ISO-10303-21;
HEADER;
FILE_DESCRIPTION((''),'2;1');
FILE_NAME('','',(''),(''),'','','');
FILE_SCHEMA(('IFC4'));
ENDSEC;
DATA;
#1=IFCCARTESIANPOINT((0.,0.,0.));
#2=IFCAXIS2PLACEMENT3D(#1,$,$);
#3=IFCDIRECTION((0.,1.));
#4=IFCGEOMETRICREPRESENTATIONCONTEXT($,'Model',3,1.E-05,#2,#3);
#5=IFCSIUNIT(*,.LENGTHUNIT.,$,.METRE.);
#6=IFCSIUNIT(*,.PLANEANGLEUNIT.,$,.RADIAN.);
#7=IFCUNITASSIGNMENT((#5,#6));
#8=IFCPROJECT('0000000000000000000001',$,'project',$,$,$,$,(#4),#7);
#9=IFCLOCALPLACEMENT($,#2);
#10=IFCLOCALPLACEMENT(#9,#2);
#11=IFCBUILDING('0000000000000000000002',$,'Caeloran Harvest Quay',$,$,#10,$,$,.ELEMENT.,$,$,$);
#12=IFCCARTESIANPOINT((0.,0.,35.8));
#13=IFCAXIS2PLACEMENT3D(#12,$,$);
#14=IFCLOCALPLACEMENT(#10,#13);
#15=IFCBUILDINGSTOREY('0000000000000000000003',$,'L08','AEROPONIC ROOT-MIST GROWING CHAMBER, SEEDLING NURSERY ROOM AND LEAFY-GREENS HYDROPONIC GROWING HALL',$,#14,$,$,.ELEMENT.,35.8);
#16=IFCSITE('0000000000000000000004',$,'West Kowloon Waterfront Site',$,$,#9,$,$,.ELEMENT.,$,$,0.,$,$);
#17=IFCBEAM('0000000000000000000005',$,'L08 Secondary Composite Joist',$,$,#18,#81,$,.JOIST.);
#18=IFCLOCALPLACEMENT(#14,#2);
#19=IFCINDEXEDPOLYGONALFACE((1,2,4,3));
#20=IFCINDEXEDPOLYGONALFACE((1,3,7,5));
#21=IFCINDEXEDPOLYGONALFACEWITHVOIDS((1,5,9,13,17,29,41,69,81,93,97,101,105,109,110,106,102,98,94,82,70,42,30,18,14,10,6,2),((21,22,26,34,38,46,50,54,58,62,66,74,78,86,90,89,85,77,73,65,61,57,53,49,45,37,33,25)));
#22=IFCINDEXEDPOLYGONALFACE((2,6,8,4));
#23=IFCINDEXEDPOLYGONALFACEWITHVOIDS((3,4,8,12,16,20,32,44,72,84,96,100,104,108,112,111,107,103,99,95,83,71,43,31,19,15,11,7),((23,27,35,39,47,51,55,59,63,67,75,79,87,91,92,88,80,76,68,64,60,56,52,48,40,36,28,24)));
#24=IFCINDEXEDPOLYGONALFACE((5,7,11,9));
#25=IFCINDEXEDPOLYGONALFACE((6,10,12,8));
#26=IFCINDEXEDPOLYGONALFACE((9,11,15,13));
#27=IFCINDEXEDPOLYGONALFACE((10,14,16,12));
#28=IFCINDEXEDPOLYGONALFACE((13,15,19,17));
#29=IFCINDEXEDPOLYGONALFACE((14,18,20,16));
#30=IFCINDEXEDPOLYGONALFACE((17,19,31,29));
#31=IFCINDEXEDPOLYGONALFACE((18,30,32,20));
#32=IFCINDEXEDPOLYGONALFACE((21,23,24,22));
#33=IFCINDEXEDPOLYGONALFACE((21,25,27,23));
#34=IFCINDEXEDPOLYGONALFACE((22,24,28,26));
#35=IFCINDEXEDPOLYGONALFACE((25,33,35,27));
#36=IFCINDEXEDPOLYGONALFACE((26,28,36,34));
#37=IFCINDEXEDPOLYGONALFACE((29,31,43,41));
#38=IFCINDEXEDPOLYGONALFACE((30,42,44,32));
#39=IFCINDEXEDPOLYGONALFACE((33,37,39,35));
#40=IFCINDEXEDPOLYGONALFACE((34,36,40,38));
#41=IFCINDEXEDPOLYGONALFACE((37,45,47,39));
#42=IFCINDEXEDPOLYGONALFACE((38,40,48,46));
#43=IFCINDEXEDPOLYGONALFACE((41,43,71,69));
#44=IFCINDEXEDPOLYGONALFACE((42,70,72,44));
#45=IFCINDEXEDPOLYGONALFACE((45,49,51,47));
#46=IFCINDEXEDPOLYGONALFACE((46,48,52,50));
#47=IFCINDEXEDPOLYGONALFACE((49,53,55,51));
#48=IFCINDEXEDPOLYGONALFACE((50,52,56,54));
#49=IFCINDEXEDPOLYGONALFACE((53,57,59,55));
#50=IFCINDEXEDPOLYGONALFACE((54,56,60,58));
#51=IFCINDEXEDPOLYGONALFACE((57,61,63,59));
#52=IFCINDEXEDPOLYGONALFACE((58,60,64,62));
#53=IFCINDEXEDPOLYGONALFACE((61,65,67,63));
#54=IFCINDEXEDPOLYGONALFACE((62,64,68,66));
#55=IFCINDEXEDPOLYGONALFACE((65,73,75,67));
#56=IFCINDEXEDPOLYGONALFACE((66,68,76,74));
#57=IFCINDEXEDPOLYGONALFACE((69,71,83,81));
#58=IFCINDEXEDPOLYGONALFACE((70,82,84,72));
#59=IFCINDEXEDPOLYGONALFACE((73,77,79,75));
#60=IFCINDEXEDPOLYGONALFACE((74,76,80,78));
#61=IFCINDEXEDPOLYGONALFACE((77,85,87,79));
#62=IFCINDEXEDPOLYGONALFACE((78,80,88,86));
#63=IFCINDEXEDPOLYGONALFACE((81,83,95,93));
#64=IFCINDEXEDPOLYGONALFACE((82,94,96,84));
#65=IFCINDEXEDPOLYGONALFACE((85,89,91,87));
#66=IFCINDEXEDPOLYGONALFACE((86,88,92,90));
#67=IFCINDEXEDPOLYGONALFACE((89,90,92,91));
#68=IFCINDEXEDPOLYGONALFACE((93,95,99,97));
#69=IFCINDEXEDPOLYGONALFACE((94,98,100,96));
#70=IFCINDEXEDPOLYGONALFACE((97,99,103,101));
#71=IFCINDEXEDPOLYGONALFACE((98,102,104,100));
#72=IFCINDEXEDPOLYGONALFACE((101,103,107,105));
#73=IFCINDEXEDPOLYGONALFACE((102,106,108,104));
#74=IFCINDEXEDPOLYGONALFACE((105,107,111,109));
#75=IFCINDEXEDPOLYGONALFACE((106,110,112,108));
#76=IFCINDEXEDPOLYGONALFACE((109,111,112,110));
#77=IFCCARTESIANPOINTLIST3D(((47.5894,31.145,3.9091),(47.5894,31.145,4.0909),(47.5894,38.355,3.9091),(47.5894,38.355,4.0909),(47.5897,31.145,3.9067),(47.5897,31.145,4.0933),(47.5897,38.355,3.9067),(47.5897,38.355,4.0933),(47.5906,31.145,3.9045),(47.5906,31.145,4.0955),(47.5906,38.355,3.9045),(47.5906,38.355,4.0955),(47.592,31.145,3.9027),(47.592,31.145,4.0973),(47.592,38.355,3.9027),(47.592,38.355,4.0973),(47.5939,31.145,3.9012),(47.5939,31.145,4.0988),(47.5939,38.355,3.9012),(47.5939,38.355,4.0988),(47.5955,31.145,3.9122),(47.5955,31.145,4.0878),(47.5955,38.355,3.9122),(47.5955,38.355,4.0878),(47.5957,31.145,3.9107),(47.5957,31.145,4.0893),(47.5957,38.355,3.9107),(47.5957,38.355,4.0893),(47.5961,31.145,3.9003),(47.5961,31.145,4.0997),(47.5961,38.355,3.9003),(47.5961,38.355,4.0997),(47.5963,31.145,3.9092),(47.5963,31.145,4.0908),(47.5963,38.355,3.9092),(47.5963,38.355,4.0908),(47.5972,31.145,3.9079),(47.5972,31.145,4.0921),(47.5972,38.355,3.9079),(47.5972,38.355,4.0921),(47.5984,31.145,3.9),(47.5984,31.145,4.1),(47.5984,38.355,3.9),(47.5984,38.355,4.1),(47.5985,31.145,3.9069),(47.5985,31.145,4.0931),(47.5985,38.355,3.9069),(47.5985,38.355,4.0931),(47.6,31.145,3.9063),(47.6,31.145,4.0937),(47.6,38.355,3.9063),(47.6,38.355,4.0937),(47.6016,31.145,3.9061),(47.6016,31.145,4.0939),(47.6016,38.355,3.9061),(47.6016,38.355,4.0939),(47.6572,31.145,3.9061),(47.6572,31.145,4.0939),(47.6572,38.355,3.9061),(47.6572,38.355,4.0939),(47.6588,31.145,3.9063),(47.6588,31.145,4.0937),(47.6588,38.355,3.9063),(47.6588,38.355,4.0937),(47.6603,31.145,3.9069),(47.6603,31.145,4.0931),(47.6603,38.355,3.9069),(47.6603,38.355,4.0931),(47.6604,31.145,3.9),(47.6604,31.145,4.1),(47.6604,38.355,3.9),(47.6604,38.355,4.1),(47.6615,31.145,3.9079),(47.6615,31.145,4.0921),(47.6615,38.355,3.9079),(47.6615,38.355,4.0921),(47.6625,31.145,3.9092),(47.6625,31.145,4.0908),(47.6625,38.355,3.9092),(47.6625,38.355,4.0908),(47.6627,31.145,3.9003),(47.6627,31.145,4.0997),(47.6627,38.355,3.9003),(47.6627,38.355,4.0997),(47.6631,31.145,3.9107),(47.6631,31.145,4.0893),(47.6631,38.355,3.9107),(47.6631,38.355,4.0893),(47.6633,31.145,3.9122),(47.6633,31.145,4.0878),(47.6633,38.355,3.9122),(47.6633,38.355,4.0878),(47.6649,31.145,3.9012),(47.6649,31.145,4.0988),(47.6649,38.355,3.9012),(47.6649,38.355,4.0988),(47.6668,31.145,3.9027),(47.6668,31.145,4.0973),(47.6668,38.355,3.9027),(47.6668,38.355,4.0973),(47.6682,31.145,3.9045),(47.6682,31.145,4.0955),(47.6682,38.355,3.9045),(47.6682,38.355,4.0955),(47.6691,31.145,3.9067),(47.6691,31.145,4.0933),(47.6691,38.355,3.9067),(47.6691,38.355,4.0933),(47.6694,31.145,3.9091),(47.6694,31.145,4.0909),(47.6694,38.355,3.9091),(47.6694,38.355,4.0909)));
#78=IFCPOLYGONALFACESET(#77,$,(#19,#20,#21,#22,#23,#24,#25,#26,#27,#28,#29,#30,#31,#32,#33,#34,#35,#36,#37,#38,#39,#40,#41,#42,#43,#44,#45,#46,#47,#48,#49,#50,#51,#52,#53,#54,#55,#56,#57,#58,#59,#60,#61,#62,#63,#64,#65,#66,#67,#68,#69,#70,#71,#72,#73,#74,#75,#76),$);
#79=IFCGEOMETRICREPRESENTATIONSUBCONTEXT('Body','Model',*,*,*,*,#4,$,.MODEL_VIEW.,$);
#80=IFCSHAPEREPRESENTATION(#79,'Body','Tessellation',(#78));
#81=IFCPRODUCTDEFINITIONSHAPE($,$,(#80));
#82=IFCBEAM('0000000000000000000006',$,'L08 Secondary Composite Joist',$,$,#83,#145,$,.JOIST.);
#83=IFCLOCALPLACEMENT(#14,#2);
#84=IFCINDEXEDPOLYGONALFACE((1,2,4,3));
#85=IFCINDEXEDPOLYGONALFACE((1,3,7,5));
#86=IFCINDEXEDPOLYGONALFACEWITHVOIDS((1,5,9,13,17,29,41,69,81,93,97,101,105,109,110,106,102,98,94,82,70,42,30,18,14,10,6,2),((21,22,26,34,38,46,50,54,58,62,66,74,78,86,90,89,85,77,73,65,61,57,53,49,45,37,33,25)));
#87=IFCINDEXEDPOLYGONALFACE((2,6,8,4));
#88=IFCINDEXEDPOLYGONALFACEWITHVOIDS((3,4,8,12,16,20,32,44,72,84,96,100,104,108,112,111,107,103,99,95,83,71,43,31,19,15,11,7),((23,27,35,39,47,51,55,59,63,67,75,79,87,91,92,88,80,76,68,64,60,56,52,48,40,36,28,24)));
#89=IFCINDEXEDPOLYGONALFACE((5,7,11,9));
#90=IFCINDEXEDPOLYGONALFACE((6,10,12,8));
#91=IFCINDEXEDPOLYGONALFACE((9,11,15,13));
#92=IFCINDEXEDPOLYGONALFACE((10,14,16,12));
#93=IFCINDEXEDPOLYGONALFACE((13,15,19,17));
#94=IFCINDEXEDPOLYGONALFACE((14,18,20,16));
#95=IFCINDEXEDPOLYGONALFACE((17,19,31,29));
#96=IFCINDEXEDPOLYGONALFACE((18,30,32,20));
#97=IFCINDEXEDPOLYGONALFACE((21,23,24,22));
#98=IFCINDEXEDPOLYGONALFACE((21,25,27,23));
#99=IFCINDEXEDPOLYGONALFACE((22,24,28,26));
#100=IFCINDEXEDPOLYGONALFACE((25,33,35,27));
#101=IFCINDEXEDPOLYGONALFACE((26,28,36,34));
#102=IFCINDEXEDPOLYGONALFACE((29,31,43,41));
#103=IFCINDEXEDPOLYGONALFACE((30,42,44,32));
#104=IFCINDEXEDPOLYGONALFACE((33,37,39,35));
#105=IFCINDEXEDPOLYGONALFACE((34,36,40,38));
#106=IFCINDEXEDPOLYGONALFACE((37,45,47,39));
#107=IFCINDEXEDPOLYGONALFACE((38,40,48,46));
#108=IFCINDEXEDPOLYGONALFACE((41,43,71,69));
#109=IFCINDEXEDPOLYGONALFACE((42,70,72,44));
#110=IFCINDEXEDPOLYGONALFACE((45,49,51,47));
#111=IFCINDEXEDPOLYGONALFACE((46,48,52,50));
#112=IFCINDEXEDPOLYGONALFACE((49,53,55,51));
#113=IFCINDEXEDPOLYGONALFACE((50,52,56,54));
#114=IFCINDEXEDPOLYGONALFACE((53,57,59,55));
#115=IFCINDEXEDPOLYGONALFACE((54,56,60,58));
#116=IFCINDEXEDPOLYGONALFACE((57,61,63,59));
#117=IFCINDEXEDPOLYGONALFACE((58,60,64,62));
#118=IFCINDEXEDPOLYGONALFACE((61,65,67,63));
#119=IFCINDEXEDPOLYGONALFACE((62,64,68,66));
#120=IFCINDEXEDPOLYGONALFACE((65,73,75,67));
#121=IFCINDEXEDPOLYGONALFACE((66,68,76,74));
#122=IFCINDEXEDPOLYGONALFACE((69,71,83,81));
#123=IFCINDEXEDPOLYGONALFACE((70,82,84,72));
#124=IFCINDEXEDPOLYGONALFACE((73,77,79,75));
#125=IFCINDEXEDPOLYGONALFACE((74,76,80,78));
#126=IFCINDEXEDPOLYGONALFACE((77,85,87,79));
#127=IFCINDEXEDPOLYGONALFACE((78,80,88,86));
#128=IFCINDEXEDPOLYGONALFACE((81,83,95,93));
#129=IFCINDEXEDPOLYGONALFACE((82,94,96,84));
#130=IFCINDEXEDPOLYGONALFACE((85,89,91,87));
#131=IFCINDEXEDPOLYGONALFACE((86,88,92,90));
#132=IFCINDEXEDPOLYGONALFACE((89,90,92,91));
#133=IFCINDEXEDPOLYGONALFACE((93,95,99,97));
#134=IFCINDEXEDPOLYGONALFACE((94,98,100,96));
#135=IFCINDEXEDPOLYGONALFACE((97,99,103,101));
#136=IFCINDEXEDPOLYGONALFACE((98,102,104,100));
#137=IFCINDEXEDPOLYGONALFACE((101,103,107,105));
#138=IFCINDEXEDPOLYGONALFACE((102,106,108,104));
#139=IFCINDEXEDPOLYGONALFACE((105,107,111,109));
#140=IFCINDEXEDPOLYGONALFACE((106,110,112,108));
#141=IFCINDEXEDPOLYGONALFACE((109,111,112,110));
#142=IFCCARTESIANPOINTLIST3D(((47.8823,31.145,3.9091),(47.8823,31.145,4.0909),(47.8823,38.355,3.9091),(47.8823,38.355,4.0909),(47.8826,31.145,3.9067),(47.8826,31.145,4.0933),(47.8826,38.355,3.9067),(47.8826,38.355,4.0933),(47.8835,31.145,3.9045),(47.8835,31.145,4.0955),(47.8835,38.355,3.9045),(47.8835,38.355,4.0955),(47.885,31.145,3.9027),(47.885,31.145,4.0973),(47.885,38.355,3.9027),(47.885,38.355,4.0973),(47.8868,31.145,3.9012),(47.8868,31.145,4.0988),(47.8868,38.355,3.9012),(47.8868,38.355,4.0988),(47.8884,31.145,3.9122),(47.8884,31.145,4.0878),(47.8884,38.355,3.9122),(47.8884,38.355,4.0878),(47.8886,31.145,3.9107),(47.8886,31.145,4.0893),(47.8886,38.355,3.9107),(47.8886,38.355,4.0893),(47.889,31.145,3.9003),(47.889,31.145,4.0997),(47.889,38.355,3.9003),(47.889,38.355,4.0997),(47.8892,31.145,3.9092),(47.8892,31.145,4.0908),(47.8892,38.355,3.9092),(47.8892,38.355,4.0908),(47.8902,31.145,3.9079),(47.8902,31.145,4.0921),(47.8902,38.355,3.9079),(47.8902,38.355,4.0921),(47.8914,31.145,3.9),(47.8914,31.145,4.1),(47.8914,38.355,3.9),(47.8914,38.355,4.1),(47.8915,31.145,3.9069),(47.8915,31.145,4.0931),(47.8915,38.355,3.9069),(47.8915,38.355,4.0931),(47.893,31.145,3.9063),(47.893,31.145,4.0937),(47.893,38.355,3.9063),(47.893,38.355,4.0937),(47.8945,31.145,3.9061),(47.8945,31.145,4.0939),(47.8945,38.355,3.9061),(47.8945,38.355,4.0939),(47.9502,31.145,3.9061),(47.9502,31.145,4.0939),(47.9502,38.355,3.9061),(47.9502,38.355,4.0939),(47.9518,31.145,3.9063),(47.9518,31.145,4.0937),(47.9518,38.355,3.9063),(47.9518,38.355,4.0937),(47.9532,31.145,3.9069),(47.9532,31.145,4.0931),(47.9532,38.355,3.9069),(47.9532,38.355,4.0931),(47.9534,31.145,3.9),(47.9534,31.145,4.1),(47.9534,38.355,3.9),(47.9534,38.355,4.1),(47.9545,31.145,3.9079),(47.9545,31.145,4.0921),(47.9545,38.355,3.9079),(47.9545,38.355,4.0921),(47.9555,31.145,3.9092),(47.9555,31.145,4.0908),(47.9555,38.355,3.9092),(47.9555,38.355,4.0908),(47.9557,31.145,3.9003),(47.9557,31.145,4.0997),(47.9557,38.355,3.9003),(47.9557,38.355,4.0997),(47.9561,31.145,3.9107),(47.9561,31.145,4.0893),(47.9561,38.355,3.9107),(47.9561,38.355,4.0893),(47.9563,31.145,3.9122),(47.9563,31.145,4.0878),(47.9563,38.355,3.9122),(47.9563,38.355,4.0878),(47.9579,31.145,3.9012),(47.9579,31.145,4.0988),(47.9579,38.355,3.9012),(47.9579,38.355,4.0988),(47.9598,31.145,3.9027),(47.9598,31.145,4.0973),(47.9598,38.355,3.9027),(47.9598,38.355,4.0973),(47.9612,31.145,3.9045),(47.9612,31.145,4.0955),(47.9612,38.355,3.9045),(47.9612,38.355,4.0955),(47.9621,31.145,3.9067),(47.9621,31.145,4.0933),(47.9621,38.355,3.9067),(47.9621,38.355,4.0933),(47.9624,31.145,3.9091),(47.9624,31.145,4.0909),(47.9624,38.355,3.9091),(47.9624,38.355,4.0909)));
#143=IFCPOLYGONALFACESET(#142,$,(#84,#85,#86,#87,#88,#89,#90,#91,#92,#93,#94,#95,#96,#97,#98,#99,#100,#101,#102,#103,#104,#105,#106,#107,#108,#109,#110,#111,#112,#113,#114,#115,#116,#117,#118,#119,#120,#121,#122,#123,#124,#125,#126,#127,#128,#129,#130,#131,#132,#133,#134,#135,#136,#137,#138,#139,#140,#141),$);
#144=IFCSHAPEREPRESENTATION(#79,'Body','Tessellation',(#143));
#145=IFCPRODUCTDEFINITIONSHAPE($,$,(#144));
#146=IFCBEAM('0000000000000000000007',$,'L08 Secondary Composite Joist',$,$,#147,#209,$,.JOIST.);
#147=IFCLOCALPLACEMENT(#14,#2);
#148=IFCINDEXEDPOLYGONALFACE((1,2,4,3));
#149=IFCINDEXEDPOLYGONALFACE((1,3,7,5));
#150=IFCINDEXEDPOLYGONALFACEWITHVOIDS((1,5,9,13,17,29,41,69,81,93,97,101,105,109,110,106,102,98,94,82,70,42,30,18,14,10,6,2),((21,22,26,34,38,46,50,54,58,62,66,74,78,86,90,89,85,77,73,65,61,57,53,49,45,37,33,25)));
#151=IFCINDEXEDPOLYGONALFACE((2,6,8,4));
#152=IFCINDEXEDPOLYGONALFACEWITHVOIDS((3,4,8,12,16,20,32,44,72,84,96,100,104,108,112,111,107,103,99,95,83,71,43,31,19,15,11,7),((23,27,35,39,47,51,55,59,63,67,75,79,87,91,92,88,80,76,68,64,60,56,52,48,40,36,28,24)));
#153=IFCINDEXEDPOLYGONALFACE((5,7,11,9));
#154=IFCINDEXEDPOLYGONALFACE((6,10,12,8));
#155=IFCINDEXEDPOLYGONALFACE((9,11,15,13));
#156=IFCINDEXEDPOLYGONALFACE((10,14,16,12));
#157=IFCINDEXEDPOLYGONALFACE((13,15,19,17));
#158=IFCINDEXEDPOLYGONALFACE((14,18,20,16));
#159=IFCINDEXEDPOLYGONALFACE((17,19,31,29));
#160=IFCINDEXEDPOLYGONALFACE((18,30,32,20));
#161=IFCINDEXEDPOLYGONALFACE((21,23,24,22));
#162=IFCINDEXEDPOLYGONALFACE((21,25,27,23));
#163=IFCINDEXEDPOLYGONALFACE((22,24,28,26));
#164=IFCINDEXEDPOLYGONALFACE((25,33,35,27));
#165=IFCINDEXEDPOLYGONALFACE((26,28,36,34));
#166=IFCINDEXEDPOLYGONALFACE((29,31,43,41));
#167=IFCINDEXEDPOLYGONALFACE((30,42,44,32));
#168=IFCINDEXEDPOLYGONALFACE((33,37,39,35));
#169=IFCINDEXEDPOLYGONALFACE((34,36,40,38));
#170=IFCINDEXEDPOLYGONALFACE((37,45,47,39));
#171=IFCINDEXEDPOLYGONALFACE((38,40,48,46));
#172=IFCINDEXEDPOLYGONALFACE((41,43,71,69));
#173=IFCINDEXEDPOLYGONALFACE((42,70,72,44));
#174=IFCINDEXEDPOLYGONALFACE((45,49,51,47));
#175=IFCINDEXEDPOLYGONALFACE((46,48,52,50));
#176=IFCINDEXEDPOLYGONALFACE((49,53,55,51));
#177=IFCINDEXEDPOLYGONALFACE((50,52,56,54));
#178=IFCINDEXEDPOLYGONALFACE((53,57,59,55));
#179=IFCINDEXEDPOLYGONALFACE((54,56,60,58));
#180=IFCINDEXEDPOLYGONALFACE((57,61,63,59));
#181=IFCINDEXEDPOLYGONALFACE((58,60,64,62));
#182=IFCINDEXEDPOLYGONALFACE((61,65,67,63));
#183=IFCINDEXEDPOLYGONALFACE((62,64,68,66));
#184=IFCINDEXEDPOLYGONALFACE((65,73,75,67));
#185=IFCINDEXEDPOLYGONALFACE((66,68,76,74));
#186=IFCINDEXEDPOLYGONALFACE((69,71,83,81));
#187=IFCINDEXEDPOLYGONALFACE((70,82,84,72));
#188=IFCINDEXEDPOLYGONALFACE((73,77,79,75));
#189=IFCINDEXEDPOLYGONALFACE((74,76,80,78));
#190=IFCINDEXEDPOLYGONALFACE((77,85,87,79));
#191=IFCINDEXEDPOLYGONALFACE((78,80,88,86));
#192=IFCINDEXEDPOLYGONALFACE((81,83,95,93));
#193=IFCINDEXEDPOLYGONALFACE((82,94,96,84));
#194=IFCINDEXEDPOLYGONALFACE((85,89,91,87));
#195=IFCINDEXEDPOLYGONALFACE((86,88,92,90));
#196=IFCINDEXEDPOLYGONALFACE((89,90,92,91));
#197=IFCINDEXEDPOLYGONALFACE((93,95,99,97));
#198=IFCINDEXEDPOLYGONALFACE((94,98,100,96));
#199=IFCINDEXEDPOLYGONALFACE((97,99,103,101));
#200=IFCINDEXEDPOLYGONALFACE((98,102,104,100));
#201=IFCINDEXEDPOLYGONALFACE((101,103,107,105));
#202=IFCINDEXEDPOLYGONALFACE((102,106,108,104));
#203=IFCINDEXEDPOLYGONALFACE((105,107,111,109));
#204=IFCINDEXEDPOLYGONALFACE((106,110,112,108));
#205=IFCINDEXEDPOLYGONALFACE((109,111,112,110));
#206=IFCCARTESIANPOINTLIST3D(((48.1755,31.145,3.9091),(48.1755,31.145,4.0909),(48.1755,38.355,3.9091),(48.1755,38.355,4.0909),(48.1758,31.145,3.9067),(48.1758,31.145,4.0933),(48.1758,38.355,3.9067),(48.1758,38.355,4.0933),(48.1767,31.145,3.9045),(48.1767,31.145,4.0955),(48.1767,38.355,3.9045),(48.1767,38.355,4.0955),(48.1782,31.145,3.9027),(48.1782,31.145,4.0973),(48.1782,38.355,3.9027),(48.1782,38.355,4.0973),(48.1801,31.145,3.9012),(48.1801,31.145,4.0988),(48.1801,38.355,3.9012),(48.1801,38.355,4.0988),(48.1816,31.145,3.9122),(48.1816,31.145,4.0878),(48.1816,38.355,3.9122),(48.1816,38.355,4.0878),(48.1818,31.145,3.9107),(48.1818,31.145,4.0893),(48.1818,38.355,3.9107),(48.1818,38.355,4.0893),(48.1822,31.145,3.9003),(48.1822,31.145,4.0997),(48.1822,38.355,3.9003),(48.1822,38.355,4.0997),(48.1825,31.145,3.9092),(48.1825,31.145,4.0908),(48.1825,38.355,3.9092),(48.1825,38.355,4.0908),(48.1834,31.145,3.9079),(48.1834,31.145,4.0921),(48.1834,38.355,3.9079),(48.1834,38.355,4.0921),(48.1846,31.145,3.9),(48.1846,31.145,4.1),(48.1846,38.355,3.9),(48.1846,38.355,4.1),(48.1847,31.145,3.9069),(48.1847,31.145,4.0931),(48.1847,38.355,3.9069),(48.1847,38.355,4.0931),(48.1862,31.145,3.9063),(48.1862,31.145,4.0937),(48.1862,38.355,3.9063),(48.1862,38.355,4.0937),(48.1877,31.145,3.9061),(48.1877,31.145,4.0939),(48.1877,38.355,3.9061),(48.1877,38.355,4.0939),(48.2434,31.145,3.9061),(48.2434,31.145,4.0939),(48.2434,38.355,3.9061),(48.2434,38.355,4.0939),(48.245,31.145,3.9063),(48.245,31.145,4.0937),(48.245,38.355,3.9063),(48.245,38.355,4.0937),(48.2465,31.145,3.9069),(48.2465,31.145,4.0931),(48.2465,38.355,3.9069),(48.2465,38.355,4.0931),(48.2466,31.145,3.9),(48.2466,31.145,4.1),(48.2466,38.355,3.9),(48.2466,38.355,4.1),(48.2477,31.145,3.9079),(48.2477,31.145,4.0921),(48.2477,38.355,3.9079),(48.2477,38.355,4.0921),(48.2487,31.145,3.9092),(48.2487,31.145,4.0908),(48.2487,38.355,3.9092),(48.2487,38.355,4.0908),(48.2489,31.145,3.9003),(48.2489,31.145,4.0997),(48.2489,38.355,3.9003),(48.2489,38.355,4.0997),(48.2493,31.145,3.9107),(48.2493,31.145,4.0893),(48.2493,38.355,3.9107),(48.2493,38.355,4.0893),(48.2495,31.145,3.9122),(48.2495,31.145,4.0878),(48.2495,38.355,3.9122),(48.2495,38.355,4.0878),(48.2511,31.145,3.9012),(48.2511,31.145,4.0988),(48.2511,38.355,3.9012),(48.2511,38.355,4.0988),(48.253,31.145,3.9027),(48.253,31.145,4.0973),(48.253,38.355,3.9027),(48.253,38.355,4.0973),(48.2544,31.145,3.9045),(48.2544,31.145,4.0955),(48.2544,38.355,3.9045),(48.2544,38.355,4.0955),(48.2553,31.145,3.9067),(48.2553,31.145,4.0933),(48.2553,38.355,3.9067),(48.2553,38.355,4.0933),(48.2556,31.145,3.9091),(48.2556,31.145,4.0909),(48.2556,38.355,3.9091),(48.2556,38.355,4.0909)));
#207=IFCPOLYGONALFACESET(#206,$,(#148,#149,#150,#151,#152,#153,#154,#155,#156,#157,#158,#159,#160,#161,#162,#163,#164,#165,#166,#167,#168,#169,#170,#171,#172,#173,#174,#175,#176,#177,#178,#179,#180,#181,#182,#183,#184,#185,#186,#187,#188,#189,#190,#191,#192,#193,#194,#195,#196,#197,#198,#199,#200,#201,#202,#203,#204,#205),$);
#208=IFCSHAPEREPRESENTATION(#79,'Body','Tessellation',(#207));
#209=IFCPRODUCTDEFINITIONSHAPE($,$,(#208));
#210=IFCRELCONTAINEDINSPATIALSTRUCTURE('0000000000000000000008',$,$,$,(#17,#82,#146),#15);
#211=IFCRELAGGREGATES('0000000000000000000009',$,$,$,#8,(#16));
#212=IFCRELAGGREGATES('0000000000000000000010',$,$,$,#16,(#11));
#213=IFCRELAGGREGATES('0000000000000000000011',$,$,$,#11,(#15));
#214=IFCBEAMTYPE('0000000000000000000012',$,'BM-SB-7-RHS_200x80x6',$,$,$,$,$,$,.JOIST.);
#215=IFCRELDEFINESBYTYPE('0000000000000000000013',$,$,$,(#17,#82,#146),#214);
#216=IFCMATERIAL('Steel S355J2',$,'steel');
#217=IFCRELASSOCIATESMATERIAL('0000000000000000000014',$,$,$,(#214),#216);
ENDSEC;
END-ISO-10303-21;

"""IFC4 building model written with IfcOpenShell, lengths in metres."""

from ifc_helpers import new_model, si_unit, direction, frame, origin, origin_2d, place, context, subcontext, project, spatial, hollow_rectangle, extrude, material, material_profile, profile_set, type_object, element, save


model = new_model("IFC4")

# Units and contexts
model_context = context("Model", 3, precision=1e-05, world=origin(), true_north=direction((0.0, 1.0)))
body_context = subcontext(model_context, "Body", "Model", "MODEL_VIEW")
ifc_project = project(units=[si_unit("LENGTHUNIT", "METRE"), si_unit("PLANEANGLEUNIT", "RADIAN")], contexts=[model_context])

# Site, building, storey
site_placement = place(None, origin())
site = spatial("IfcSite", under=ifc_project, at=site_placement, Name="West Kowloon Waterfront Site", CompositionType="ELEMENT", RefElevation=0.0)
building_placement = place(site_placement, origin())
building = spatial("IfcBuilding", under=site, at=building_placement, Name="Caeloran Harvest Quay", CompositionType="ELEMENT")
storey_placement = place(building_placement, frame((0.0, 0.0, 35.8)))
storey = spatial("IfcBuildingStorey", under=building, at=storey_placement, Name="L08", Description="AEROPONIC ROOT-MIST GROWING CHAMBER, SEEDLING NURSERY ROOM AND LEAFY-GREENS HYDROPONIC GROWING HALL", CompositionType="ELEMENT", Elevation=35.8)

# Beams
ifc_material_1 = material(Name="Steel S355J2", Category="steel")
ifc_material_profile_1 = material_profile(ifc_material_1, hollow_rectangle(XDim=0.0801, YDim=0.2, WallThickness=0.0061, InnerFilletRadius=0.0061, OuterFilletRadius=0.009, at=origin_2d()), Name="RHS 200x80x6")
ifc_profile_set_1 = profile_set([ifc_material_profile_1], Name="Steel S355J2")
beam_type_1 = type_object("IfcBeamType", Name="BM-SB-7-RHS_200x80x6", PredefinedType="JOIST", material=ifc_profile_set_1)
for number, where, z_axis, x_axis, name in (
    (1, (47.6294, 31.145, 4.0), (0.0, 1.0, 0.0), (-1.0, 0.0, 0.0), "L08 Secondary Composite Joist"),
    (2, (47.9224, 31.145, 4.0), (0.0, 1.0, 0.0), (-1.0, 0.0, 0.0), "L08 Secondary Composite Joist"),
    (3, (48.2156, 31.145, 4.0), (0.0, 1.0, 0.0), (-1.0, 0.0, 0.0), "L08 Secondary Composite Joist"),
):
    element("IfcBeam", number, at=place(storey_placement, frame(where, z_axis=z_axis, x_axis=x_axis)), inside=storey, type_object=beam_type_1, Name=name, PredefinedType="JOIST", context=body_context, shape_type="SweptSolid", body=[
        extrude(hollow_rectangle(XDim=0.0801, YDim=0.2, WallThickness=0.0061, InnerFilletRadius=0.0061, OuterFilletRadius=0.009, at=origin_2d()), origin(), (0.0, 0.0, 1.0), 7.21),
    ])

save(model, "model.ifc")
